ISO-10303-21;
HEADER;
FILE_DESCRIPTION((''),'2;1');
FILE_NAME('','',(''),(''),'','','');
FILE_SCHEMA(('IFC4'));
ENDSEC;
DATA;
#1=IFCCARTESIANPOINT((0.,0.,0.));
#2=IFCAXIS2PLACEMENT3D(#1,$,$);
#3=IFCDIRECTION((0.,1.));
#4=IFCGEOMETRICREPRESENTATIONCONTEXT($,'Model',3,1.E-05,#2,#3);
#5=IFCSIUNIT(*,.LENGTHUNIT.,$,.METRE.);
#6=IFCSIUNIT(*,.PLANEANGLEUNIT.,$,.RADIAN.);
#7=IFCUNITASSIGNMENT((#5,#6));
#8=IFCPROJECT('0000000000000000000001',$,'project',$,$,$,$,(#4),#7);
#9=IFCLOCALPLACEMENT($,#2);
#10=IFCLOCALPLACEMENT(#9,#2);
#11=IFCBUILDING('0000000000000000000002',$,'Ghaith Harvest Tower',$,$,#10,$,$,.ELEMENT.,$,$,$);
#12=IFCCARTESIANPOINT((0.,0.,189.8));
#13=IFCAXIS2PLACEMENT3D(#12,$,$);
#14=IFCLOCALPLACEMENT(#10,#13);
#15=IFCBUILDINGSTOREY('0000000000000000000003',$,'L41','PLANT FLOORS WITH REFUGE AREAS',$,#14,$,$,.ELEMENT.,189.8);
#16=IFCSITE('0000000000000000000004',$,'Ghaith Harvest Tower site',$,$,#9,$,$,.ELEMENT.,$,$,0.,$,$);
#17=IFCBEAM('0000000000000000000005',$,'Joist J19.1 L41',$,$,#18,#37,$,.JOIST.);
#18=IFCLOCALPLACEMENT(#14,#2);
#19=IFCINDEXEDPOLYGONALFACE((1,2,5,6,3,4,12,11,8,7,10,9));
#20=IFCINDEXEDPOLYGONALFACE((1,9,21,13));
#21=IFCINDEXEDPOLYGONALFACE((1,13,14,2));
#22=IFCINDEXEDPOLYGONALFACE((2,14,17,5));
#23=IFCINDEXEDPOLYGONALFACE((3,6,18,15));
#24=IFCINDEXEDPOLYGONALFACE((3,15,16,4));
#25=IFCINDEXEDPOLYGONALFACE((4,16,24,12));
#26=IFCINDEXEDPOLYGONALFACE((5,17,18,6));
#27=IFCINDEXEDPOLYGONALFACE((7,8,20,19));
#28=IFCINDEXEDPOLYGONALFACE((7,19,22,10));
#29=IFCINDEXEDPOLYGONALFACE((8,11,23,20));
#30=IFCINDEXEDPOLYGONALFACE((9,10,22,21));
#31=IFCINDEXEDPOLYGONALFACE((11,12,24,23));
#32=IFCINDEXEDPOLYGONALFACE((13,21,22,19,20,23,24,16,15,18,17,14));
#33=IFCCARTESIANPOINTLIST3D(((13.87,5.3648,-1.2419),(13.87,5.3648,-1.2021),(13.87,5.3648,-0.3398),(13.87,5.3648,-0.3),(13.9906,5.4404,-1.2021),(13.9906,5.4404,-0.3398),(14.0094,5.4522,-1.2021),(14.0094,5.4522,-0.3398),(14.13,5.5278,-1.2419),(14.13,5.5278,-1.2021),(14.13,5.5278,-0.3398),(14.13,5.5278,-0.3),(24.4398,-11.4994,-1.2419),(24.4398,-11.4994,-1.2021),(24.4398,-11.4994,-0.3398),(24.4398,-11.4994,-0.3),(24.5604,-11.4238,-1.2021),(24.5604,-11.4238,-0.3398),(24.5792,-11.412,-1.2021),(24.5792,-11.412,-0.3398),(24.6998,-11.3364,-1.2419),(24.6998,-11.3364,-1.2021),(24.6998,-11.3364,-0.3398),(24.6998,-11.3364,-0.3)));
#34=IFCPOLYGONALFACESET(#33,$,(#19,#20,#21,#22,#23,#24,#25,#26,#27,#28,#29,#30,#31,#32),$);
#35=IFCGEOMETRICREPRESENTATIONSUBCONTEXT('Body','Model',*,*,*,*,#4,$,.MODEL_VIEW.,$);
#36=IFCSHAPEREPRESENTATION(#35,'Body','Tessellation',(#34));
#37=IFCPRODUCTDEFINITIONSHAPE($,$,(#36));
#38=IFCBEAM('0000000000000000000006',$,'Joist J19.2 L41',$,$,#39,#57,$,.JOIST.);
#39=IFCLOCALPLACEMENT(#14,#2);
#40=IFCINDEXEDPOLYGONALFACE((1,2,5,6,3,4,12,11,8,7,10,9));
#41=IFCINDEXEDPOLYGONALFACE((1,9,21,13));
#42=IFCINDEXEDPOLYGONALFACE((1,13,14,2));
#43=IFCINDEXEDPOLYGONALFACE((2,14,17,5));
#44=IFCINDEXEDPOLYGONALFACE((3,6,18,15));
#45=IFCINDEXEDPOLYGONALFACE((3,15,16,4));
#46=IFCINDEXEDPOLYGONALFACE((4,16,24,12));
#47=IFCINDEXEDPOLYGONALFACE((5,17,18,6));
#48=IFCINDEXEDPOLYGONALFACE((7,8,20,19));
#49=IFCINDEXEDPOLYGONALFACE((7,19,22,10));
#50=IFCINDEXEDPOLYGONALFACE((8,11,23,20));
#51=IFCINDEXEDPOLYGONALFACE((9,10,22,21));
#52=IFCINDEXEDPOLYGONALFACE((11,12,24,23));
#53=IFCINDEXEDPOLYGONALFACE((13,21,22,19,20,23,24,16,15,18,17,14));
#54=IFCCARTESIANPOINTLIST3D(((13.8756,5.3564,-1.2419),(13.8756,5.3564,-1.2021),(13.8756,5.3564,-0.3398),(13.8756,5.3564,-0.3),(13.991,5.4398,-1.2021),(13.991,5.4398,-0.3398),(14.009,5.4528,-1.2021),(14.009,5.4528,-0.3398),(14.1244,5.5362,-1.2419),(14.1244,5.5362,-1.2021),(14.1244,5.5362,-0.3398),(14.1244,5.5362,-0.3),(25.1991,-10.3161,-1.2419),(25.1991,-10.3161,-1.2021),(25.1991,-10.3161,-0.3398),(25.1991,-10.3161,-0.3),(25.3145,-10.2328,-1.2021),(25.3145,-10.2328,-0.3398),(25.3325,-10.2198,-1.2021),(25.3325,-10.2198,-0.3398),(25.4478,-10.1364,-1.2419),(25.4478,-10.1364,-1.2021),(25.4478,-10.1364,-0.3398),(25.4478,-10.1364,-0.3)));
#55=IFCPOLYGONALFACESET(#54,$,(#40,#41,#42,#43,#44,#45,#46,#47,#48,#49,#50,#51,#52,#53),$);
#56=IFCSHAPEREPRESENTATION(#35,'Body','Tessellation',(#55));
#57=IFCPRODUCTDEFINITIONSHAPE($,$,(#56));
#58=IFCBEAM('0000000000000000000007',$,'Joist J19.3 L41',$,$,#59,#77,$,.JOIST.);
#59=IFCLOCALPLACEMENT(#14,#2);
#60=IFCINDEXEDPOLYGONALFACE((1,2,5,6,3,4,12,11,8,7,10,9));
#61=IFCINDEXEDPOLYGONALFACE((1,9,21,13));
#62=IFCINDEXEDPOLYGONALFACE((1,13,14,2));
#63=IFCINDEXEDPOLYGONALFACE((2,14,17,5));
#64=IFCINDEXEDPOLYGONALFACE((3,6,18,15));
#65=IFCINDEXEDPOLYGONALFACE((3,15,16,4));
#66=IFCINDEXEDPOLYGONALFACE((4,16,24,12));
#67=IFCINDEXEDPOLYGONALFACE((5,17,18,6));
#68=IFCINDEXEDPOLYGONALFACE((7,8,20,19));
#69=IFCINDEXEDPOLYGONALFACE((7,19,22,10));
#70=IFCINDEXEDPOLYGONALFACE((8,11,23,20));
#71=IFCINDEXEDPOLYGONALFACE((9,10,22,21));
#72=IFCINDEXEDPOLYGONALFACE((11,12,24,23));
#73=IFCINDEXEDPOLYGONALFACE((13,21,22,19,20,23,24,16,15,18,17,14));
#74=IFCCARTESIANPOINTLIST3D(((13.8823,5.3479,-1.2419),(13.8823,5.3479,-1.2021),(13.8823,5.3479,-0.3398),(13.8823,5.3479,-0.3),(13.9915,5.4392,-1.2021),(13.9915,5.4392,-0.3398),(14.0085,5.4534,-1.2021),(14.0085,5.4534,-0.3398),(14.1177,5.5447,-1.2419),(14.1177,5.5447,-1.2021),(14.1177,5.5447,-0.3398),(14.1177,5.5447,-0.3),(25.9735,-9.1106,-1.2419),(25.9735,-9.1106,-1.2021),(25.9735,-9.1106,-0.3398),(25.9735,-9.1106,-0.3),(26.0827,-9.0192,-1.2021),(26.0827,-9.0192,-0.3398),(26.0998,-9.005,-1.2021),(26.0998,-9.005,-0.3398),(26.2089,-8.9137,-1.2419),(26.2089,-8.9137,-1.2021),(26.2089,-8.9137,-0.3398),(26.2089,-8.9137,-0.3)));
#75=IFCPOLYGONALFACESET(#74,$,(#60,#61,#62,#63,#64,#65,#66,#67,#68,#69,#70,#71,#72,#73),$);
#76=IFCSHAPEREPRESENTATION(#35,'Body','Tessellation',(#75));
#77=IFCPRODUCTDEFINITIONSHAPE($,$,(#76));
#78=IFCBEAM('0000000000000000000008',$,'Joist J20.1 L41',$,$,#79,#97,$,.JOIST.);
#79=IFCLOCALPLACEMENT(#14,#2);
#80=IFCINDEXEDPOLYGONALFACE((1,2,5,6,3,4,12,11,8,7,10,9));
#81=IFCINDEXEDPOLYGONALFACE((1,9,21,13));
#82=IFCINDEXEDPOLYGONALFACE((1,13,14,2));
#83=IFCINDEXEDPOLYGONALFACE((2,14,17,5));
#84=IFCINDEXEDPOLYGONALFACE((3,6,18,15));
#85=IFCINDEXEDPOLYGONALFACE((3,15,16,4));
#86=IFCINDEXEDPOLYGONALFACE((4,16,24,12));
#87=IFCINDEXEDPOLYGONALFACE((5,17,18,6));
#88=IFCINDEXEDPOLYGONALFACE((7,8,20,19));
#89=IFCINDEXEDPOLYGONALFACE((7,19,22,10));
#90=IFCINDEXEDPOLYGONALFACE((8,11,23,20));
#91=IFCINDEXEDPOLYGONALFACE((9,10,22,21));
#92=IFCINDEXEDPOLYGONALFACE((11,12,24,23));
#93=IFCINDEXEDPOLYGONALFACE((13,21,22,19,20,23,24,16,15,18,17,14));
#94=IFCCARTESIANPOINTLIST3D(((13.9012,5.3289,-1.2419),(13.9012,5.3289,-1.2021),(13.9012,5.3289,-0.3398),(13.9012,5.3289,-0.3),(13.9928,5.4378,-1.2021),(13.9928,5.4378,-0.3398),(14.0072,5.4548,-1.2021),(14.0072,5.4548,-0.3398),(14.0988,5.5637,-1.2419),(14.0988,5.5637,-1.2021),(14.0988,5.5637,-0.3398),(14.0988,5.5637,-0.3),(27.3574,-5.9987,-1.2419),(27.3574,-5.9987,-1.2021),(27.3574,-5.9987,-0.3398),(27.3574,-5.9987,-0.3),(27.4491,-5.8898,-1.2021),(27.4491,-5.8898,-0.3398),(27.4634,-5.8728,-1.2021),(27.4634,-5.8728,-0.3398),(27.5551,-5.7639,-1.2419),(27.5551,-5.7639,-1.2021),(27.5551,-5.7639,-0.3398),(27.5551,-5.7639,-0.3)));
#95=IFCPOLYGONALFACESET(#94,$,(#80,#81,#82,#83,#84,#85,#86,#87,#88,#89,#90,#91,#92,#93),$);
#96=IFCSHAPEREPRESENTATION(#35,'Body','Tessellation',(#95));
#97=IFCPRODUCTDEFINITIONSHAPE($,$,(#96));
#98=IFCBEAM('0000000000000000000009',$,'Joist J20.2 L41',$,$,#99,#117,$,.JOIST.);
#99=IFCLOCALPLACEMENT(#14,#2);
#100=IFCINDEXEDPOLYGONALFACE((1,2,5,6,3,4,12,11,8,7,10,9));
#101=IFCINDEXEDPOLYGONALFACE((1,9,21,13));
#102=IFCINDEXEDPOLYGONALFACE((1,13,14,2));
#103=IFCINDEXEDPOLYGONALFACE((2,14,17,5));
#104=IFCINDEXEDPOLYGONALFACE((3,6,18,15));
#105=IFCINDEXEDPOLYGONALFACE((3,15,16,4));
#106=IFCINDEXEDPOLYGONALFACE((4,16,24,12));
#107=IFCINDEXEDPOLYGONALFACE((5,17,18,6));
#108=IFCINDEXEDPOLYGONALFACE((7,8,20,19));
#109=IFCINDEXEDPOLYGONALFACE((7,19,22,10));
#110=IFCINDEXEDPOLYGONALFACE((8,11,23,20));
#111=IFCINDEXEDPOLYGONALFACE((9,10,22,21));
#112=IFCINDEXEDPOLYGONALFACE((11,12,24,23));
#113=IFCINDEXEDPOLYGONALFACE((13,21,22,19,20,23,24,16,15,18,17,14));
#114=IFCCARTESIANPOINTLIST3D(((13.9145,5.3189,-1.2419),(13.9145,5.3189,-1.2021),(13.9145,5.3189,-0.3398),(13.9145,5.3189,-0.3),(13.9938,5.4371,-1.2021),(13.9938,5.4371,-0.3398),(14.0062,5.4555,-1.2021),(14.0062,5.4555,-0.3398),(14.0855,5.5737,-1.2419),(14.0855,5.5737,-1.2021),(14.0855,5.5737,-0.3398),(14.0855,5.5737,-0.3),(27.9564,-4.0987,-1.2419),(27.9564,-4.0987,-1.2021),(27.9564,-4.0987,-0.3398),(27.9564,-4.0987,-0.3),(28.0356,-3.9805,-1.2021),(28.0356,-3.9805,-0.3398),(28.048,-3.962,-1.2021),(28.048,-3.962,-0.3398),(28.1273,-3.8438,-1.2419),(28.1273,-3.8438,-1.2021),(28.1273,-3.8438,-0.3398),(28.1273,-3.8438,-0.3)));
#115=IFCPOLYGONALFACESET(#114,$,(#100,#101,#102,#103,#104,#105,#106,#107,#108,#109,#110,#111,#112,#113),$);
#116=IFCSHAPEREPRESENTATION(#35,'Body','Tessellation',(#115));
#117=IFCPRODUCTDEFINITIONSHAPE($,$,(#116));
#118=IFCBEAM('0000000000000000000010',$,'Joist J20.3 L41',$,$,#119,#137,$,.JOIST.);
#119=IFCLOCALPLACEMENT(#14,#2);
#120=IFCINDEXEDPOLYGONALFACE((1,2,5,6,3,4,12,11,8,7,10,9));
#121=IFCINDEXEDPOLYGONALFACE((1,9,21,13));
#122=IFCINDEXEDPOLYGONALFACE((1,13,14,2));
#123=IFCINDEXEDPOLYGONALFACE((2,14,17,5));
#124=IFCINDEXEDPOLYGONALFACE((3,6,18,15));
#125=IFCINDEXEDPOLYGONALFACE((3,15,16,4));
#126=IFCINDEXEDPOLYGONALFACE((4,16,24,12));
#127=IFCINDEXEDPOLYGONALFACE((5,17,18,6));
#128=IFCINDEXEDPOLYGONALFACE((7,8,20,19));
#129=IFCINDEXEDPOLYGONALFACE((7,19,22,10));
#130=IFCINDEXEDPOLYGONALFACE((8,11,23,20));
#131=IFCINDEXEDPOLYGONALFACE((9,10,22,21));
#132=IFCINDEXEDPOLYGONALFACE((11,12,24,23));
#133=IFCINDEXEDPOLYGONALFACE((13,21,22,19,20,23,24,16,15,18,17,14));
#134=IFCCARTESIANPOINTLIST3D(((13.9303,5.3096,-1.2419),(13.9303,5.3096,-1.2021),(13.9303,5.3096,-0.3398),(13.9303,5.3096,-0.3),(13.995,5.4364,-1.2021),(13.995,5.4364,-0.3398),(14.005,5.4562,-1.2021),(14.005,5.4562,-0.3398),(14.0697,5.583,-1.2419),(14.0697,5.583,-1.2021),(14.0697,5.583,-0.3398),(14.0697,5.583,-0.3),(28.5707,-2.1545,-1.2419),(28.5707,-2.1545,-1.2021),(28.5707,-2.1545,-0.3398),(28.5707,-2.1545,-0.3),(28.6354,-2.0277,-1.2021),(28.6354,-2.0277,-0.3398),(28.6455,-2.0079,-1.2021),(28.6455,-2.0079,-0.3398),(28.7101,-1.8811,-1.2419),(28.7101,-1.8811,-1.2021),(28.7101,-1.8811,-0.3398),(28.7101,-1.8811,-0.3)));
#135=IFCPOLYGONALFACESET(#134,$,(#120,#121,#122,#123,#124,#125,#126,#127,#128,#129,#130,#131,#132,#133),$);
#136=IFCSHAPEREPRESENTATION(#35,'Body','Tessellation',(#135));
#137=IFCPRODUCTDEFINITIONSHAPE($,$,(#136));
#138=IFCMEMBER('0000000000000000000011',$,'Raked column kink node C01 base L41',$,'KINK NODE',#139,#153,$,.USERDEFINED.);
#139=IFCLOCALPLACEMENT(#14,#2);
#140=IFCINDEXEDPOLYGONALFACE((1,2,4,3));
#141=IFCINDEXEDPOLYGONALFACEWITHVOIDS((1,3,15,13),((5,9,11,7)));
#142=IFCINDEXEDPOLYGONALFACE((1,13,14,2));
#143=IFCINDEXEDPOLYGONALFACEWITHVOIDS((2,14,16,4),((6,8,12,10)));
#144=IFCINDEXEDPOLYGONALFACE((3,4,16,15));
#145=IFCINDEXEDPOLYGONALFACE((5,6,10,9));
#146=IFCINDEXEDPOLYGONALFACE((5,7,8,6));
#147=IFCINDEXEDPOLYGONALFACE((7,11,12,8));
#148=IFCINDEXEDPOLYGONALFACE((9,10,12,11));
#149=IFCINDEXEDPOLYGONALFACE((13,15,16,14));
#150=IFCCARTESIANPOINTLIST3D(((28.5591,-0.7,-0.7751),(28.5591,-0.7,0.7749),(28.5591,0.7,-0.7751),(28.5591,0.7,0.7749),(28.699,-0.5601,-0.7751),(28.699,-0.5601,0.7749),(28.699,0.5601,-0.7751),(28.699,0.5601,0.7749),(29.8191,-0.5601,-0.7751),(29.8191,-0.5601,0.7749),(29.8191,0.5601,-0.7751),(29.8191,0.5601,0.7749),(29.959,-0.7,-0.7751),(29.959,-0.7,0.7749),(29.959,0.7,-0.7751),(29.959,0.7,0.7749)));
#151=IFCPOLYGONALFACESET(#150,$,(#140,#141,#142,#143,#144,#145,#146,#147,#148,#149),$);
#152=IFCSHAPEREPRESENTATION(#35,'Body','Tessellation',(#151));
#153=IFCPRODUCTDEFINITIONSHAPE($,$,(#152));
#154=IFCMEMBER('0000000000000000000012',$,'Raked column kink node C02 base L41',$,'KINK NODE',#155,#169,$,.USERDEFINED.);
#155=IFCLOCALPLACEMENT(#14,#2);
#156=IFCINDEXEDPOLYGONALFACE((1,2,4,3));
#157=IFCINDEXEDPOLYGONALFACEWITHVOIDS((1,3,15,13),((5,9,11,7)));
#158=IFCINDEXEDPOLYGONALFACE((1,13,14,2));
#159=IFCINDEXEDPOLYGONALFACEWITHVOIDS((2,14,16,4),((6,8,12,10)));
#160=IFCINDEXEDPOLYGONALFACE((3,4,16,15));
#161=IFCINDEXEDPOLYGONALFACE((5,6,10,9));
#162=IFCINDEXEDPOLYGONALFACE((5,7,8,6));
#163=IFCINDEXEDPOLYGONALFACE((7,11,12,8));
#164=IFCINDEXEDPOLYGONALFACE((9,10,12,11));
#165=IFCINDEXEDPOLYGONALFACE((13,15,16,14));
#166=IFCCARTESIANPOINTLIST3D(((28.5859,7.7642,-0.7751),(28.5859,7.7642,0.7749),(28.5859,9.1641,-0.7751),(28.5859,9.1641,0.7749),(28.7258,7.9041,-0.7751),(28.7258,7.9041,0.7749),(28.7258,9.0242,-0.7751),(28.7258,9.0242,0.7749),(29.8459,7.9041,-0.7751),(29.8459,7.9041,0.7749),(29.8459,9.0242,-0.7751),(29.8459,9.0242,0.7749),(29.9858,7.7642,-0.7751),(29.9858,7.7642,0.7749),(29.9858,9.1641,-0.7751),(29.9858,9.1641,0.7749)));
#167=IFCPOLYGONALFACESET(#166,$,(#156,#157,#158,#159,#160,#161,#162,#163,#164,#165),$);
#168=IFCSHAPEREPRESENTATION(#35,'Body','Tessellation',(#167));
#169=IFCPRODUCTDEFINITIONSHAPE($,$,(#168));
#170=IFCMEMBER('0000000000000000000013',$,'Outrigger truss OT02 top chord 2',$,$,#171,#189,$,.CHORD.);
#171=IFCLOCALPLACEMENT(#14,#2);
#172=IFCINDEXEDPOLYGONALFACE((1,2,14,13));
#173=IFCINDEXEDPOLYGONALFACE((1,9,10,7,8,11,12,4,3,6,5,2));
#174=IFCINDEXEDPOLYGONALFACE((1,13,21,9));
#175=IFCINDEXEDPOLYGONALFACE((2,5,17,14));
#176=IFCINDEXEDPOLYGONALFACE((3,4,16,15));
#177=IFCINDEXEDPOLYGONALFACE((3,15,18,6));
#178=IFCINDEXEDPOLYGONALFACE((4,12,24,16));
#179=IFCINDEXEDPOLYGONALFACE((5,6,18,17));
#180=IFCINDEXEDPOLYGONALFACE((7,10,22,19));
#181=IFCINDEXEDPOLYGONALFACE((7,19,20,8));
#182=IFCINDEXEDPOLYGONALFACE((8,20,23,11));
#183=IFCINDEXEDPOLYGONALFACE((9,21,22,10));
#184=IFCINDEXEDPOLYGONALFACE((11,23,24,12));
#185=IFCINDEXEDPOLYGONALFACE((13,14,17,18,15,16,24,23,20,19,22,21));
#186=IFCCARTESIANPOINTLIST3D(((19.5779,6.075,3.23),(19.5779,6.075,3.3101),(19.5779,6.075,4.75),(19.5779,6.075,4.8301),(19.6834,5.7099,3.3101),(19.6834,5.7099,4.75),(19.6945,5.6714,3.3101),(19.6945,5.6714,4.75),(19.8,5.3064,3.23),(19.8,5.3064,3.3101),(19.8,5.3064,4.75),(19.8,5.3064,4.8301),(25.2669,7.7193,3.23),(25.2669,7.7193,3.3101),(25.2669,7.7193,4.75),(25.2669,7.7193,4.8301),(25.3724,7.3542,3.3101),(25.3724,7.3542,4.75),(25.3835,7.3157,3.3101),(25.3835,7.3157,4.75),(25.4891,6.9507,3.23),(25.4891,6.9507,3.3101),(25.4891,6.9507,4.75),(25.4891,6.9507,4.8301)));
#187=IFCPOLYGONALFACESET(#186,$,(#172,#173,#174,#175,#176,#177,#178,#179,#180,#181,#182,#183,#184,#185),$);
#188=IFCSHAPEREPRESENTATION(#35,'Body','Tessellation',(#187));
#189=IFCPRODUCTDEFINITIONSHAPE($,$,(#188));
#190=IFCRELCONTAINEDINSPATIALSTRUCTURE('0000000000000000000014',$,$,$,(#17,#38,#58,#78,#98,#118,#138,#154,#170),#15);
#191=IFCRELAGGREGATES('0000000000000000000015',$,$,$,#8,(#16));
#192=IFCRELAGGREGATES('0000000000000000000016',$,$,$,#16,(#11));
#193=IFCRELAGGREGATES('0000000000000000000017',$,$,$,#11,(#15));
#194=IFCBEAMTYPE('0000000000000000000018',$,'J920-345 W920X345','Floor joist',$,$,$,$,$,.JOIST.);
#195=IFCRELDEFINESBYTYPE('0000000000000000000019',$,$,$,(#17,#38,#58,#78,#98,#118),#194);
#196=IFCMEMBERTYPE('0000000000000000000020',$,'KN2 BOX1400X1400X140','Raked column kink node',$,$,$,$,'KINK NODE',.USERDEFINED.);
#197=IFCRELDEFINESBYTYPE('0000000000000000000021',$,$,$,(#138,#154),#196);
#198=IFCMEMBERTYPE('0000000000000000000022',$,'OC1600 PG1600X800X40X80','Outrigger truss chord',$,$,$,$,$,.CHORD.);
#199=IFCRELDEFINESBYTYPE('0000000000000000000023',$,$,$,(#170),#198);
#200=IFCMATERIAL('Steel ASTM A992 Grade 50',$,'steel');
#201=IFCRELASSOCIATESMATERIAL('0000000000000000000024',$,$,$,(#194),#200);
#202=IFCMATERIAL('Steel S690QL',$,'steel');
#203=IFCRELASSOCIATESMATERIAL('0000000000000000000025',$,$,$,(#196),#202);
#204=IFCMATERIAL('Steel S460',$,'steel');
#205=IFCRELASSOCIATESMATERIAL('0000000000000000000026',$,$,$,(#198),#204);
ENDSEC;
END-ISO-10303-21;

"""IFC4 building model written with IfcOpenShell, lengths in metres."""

from ifc_helpers import new_model, si_unit, direction, frame, origin, origin_2d, place, context, subcontext, project, spatial, hollow_rectangle, i_section, extrude, material, material_profile, profile_set, type_object, element, save


model = new_model("IFC4")

# Units and contexts
model_context = context("Model", 3, precision=1e-05, world=origin(), true_north=direction((0.0, 1.0)))
body_context = subcontext(model_context, "Body", "Model", "MODEL_VIEW")
ifc_project = project(units=[si_unit("LENGTHUNIT", "METRE"), si_unit("PLANEANGLEUNIT", "RADIAN")], contexts=[model_context])

# Site, building, storey
site_placement = place(None, origin())
site = spatial("IfcSite", under=ifc_project, at=site_placement, Name="Ghaith Harvest Tower site", CompositionType="ELEMENT", RefElevation=0.0)
building_placement = place(site_placement, origin())
building = spatial("IfcBuilding", under=site, at=building_placement, Name="Ghaith Harvest Tower", CompositionType="ELEMENT")
storey_placement = place(building_placement, frame((0.0, 0.0, 189.8)))
storey = spatial("IfcBuildingStorey", under=building, at=storey_placement, Name="L41", Description="PLANT FLOORS WITH REFUGE AREAS", CompositionType="ELEMENT", Elevation=189.8)

# Beams
ifc_material_1 = material(Name="Steel ASTM A992 Grade 50", Category="steel")
ifc_material_profile_1 = material_profile(ifc_material_1, i_section(OverallWidth=0.3069, OverallDepth=0.9419, WebThickness=0.0222, FlangeThickness=0.0398, at=origin_2d()), Name="W920X345")
ifc_profile_set_1 = profile_set([ifc_material_profile_1], Name="Steel ASTM A992 Grade 50")
beam_type_1 = type_object("IfcBeamType", Name="J920-345 W920X345", Description="Floor joist", PredefinedType="JOIST", material=ifc_profile_set_1)
beam_1_placement = place(storey_placement, frame((14.0, 5.4463, -0.771), z_axis=(0.53107, -0.847328, 0.0), x_axis=(0.847328, 0.53107, 0.0)))
element("IfcBeam", 1, at=beam_1_placement, inside=storey, type_object=beam_type_1, Name="Joist J19.1 L41", PredefinedType="JOIST", context=body_context, shape_type="SweptSolid", body=[
    extrude(i_section(OverallWidth=0.3069, OverallDepth=0.9419, WebThickness=0.0222, FlangeThickness=0.0398, at=origin_2d()), origin(), (0.0, 0.0, 1.0), 19.9028),
])
beam_2_placement = place(storey_placement, frame((14.0, 5.4463, -0.771), z_axis=(0.585639, -0.810572, 0.0), x_axis=(0.810572, 0.585639, 0.0)))
element("IfcBeam", 2, at=beam_2_placement, inside=storey, type_object=beam_type_1, Name="Joist J19.2 L41", PredefinedType="JOIST", context=body_context, shape_type="SweptSolid", body=[
    extrude(i_section(OverallWidth=0.3069, OverallDepth=0.9419, WebThickness=0.0222, FlangeThickness=0.0398, at=origin_2d()), origin(), (0.0, 0.0, 1.0), 19.3352),
])
beam_3_placement = place(storey_placement, frame((14.0, 5.4463, -0.771), z_axis=(0.641516, -0.76711, 0.0), x_axis=(0.76711, 0.641516, 0.0)))
element("IfcBeam", 3, at=beam_3_placement, inside=storey, type_object=beam_type_1, Name="Joist J19.3 L41", PredefinedType="JOIST", context=body_context, shape_type="SweptSolid", body=[
    extrude(i_section(OverallWidth=0.3069, OverallDepth=0.9419, WebThickness=0.0222, FlangeThickness=0.0398, at=origin_2d()), origin(), (0.0, 0.0, 1.0), 18.8479),
])
beam_4_placement = place(storey_placement, frame((14.0, 5.4463, -0.771), z_axis=(0.765023, -0.644003, 0.0), x_axis=(0.644003, 0.765023, 0.0)))
element("IfcBeam", 4, at=beam_4_placement, inside=storey, type_object=beam_type_1, Name="Joist J20.1 L41", PredefinedType="JOIST", context=body_context, shape_type="SweptSolid", body=[
    extrude(i_section(OverallWidth=0.3069, OverallDepth=0.9419, WebThickness=0.0222, FlangeThickness=0.0398, at=origin_2d()), origin(), (0.0, 0.0, 1.0), 17.5894),
])
beam_5_placement = place(storey_placement, frame((14.0, 5.4463, -0.771), z_axis=(0.83051, -0.557004, 0.0), x_axis=(0.557004, 0.83051, 0.0)))
element("IfcBeam", 5, at=beam_5_placement, inside=storey, type_object=beam_type_1, Name="Joist J20.2 L41", PredefinedType="JOIST", context=body_context, shape_type="SweptSolid", body=[
    extrude(i_section(OverallWidth=0.3069, OverallDepth=0.9419, WebThickness=0.0222, FlangeThickness=0.0398, at=origin_2d()), origin(), (0.0, 0.0, 1.0), 16.9075),
])
beam_6_placement = place(storey_placement, frame((14.0, 5.4463, -0.771), z_axis=(0.890897, -0.454206, 0.0), x_axis=(0.454206, 0.890897, 0.0)))
element("IfcBeam", 6, at=beam_6_placement, inside=storey, type_object=beam_type_1, Name="Joist J20.3 L41", PredefinedType="JOIST", context=body_context, shape_type="SweptSolid", body=[
    extrude(i_section(OverallWidth=0.3069, OverallDepth=0.9419, WebThickness=0.0222, FlangeThickness=0.0398, at=origin_2d()), origin(), (0.0, 0.0, 1.0), 16.4333),
])

# Members
ifc_material_2 = material(Name="Steel S690QL", Category="steel")
ifc_material_profile_2 = material_profile(ifc_material_2, hollow_rectangle(XDim=1.3999, YDim=1.3999, WallThickness=0.1399, at=origin_2d()), Name="BOX1400X1400X140")
ifc_profile_set_2 = profile_set([ifc_material_profile_2], Name="Steel S690QL")
member_type_1 = type_object("IfcMemberType", Name="KN2 BOX1400X1400X140", Description="Raked column kink node", ElementType="KINK NODE", PredefinedType="USERDEFINED", material=ifc_profile_set_2)
for number, where, z_axis, x_axis, name in (
    (7, (29.259, 0.0, -0.7751), (0.0, 0.0, 1.0), (1.0, 0.0, 0.0), "Raked column kink node C01 base L41"),
    (8, (29.2859, 8.4641, -0.7751), (0.0, 0.0, 1.0), (1.0, 0.0, 0.0), "Raked column kink node C02 base L41"),
):
    element("IfcMember", number, at=place(storey_placement, frame(where, z_axis=z_axis, x_axis=x_axis)), inside=storey, type_object=member_type_1, Name=name, ObjectType="KINK NODE", PredefinedType="USERDEFINED", context=body_context, shape_type="SweptSolid", body=[
        extrude(hollow_rectangle(XDim=1.3999, YDim=1.3999, WallThickness=0.1399, at=origin_2d()), origin(), (0.0, 0.0, 1.0), 1.55),
    ])
ifc_material_3 = material(Name="Steel S460", Category="steel")
ifc_material_profile_3 = material_profile(ifc_material_3, i_section(OverallWidth=0.8, OverallDepth=1.6001, WebThickness=0.04, FlangeThickness=0.0801, at=origin_2d()), Name="PG1600X800X40X80")
ifc_profile_set_3 = profile_set([ifc_material_profile_3], Name="Steel S460")
member_type_2 = type_object("IfcMemberType", Name="OC1600 PG1600X800X40X80", Description="Outrigger truss chord", PredefinedType="CHORD", material=ifc_profile_set_3)
member_1_placement = place(storey_placement, frame((19.689, 5.6907, 4.03), z_axis=(0.960678, 0.277666, 0.0), x_axis=(-0.277666, 0.960678, 0.0)))
element("IfcMember", 9, at=member_1_placement, inside=storey, type_object=member_type_2, Name="Outrigger truss OT02 top chord 2", PredefinedType="CHORD", context=body_context, shape_type="SweptSolid", body=[
    extrude(i_section(OverallWidth=0.8, OverallDepth=1.6001, WebThickness=0.04, FlangeThickness=0.0801, at=origin_2d()), origin(), (0.0, 0.0, 1.0), 5.9219),
])

save(model, "model.ifc")
